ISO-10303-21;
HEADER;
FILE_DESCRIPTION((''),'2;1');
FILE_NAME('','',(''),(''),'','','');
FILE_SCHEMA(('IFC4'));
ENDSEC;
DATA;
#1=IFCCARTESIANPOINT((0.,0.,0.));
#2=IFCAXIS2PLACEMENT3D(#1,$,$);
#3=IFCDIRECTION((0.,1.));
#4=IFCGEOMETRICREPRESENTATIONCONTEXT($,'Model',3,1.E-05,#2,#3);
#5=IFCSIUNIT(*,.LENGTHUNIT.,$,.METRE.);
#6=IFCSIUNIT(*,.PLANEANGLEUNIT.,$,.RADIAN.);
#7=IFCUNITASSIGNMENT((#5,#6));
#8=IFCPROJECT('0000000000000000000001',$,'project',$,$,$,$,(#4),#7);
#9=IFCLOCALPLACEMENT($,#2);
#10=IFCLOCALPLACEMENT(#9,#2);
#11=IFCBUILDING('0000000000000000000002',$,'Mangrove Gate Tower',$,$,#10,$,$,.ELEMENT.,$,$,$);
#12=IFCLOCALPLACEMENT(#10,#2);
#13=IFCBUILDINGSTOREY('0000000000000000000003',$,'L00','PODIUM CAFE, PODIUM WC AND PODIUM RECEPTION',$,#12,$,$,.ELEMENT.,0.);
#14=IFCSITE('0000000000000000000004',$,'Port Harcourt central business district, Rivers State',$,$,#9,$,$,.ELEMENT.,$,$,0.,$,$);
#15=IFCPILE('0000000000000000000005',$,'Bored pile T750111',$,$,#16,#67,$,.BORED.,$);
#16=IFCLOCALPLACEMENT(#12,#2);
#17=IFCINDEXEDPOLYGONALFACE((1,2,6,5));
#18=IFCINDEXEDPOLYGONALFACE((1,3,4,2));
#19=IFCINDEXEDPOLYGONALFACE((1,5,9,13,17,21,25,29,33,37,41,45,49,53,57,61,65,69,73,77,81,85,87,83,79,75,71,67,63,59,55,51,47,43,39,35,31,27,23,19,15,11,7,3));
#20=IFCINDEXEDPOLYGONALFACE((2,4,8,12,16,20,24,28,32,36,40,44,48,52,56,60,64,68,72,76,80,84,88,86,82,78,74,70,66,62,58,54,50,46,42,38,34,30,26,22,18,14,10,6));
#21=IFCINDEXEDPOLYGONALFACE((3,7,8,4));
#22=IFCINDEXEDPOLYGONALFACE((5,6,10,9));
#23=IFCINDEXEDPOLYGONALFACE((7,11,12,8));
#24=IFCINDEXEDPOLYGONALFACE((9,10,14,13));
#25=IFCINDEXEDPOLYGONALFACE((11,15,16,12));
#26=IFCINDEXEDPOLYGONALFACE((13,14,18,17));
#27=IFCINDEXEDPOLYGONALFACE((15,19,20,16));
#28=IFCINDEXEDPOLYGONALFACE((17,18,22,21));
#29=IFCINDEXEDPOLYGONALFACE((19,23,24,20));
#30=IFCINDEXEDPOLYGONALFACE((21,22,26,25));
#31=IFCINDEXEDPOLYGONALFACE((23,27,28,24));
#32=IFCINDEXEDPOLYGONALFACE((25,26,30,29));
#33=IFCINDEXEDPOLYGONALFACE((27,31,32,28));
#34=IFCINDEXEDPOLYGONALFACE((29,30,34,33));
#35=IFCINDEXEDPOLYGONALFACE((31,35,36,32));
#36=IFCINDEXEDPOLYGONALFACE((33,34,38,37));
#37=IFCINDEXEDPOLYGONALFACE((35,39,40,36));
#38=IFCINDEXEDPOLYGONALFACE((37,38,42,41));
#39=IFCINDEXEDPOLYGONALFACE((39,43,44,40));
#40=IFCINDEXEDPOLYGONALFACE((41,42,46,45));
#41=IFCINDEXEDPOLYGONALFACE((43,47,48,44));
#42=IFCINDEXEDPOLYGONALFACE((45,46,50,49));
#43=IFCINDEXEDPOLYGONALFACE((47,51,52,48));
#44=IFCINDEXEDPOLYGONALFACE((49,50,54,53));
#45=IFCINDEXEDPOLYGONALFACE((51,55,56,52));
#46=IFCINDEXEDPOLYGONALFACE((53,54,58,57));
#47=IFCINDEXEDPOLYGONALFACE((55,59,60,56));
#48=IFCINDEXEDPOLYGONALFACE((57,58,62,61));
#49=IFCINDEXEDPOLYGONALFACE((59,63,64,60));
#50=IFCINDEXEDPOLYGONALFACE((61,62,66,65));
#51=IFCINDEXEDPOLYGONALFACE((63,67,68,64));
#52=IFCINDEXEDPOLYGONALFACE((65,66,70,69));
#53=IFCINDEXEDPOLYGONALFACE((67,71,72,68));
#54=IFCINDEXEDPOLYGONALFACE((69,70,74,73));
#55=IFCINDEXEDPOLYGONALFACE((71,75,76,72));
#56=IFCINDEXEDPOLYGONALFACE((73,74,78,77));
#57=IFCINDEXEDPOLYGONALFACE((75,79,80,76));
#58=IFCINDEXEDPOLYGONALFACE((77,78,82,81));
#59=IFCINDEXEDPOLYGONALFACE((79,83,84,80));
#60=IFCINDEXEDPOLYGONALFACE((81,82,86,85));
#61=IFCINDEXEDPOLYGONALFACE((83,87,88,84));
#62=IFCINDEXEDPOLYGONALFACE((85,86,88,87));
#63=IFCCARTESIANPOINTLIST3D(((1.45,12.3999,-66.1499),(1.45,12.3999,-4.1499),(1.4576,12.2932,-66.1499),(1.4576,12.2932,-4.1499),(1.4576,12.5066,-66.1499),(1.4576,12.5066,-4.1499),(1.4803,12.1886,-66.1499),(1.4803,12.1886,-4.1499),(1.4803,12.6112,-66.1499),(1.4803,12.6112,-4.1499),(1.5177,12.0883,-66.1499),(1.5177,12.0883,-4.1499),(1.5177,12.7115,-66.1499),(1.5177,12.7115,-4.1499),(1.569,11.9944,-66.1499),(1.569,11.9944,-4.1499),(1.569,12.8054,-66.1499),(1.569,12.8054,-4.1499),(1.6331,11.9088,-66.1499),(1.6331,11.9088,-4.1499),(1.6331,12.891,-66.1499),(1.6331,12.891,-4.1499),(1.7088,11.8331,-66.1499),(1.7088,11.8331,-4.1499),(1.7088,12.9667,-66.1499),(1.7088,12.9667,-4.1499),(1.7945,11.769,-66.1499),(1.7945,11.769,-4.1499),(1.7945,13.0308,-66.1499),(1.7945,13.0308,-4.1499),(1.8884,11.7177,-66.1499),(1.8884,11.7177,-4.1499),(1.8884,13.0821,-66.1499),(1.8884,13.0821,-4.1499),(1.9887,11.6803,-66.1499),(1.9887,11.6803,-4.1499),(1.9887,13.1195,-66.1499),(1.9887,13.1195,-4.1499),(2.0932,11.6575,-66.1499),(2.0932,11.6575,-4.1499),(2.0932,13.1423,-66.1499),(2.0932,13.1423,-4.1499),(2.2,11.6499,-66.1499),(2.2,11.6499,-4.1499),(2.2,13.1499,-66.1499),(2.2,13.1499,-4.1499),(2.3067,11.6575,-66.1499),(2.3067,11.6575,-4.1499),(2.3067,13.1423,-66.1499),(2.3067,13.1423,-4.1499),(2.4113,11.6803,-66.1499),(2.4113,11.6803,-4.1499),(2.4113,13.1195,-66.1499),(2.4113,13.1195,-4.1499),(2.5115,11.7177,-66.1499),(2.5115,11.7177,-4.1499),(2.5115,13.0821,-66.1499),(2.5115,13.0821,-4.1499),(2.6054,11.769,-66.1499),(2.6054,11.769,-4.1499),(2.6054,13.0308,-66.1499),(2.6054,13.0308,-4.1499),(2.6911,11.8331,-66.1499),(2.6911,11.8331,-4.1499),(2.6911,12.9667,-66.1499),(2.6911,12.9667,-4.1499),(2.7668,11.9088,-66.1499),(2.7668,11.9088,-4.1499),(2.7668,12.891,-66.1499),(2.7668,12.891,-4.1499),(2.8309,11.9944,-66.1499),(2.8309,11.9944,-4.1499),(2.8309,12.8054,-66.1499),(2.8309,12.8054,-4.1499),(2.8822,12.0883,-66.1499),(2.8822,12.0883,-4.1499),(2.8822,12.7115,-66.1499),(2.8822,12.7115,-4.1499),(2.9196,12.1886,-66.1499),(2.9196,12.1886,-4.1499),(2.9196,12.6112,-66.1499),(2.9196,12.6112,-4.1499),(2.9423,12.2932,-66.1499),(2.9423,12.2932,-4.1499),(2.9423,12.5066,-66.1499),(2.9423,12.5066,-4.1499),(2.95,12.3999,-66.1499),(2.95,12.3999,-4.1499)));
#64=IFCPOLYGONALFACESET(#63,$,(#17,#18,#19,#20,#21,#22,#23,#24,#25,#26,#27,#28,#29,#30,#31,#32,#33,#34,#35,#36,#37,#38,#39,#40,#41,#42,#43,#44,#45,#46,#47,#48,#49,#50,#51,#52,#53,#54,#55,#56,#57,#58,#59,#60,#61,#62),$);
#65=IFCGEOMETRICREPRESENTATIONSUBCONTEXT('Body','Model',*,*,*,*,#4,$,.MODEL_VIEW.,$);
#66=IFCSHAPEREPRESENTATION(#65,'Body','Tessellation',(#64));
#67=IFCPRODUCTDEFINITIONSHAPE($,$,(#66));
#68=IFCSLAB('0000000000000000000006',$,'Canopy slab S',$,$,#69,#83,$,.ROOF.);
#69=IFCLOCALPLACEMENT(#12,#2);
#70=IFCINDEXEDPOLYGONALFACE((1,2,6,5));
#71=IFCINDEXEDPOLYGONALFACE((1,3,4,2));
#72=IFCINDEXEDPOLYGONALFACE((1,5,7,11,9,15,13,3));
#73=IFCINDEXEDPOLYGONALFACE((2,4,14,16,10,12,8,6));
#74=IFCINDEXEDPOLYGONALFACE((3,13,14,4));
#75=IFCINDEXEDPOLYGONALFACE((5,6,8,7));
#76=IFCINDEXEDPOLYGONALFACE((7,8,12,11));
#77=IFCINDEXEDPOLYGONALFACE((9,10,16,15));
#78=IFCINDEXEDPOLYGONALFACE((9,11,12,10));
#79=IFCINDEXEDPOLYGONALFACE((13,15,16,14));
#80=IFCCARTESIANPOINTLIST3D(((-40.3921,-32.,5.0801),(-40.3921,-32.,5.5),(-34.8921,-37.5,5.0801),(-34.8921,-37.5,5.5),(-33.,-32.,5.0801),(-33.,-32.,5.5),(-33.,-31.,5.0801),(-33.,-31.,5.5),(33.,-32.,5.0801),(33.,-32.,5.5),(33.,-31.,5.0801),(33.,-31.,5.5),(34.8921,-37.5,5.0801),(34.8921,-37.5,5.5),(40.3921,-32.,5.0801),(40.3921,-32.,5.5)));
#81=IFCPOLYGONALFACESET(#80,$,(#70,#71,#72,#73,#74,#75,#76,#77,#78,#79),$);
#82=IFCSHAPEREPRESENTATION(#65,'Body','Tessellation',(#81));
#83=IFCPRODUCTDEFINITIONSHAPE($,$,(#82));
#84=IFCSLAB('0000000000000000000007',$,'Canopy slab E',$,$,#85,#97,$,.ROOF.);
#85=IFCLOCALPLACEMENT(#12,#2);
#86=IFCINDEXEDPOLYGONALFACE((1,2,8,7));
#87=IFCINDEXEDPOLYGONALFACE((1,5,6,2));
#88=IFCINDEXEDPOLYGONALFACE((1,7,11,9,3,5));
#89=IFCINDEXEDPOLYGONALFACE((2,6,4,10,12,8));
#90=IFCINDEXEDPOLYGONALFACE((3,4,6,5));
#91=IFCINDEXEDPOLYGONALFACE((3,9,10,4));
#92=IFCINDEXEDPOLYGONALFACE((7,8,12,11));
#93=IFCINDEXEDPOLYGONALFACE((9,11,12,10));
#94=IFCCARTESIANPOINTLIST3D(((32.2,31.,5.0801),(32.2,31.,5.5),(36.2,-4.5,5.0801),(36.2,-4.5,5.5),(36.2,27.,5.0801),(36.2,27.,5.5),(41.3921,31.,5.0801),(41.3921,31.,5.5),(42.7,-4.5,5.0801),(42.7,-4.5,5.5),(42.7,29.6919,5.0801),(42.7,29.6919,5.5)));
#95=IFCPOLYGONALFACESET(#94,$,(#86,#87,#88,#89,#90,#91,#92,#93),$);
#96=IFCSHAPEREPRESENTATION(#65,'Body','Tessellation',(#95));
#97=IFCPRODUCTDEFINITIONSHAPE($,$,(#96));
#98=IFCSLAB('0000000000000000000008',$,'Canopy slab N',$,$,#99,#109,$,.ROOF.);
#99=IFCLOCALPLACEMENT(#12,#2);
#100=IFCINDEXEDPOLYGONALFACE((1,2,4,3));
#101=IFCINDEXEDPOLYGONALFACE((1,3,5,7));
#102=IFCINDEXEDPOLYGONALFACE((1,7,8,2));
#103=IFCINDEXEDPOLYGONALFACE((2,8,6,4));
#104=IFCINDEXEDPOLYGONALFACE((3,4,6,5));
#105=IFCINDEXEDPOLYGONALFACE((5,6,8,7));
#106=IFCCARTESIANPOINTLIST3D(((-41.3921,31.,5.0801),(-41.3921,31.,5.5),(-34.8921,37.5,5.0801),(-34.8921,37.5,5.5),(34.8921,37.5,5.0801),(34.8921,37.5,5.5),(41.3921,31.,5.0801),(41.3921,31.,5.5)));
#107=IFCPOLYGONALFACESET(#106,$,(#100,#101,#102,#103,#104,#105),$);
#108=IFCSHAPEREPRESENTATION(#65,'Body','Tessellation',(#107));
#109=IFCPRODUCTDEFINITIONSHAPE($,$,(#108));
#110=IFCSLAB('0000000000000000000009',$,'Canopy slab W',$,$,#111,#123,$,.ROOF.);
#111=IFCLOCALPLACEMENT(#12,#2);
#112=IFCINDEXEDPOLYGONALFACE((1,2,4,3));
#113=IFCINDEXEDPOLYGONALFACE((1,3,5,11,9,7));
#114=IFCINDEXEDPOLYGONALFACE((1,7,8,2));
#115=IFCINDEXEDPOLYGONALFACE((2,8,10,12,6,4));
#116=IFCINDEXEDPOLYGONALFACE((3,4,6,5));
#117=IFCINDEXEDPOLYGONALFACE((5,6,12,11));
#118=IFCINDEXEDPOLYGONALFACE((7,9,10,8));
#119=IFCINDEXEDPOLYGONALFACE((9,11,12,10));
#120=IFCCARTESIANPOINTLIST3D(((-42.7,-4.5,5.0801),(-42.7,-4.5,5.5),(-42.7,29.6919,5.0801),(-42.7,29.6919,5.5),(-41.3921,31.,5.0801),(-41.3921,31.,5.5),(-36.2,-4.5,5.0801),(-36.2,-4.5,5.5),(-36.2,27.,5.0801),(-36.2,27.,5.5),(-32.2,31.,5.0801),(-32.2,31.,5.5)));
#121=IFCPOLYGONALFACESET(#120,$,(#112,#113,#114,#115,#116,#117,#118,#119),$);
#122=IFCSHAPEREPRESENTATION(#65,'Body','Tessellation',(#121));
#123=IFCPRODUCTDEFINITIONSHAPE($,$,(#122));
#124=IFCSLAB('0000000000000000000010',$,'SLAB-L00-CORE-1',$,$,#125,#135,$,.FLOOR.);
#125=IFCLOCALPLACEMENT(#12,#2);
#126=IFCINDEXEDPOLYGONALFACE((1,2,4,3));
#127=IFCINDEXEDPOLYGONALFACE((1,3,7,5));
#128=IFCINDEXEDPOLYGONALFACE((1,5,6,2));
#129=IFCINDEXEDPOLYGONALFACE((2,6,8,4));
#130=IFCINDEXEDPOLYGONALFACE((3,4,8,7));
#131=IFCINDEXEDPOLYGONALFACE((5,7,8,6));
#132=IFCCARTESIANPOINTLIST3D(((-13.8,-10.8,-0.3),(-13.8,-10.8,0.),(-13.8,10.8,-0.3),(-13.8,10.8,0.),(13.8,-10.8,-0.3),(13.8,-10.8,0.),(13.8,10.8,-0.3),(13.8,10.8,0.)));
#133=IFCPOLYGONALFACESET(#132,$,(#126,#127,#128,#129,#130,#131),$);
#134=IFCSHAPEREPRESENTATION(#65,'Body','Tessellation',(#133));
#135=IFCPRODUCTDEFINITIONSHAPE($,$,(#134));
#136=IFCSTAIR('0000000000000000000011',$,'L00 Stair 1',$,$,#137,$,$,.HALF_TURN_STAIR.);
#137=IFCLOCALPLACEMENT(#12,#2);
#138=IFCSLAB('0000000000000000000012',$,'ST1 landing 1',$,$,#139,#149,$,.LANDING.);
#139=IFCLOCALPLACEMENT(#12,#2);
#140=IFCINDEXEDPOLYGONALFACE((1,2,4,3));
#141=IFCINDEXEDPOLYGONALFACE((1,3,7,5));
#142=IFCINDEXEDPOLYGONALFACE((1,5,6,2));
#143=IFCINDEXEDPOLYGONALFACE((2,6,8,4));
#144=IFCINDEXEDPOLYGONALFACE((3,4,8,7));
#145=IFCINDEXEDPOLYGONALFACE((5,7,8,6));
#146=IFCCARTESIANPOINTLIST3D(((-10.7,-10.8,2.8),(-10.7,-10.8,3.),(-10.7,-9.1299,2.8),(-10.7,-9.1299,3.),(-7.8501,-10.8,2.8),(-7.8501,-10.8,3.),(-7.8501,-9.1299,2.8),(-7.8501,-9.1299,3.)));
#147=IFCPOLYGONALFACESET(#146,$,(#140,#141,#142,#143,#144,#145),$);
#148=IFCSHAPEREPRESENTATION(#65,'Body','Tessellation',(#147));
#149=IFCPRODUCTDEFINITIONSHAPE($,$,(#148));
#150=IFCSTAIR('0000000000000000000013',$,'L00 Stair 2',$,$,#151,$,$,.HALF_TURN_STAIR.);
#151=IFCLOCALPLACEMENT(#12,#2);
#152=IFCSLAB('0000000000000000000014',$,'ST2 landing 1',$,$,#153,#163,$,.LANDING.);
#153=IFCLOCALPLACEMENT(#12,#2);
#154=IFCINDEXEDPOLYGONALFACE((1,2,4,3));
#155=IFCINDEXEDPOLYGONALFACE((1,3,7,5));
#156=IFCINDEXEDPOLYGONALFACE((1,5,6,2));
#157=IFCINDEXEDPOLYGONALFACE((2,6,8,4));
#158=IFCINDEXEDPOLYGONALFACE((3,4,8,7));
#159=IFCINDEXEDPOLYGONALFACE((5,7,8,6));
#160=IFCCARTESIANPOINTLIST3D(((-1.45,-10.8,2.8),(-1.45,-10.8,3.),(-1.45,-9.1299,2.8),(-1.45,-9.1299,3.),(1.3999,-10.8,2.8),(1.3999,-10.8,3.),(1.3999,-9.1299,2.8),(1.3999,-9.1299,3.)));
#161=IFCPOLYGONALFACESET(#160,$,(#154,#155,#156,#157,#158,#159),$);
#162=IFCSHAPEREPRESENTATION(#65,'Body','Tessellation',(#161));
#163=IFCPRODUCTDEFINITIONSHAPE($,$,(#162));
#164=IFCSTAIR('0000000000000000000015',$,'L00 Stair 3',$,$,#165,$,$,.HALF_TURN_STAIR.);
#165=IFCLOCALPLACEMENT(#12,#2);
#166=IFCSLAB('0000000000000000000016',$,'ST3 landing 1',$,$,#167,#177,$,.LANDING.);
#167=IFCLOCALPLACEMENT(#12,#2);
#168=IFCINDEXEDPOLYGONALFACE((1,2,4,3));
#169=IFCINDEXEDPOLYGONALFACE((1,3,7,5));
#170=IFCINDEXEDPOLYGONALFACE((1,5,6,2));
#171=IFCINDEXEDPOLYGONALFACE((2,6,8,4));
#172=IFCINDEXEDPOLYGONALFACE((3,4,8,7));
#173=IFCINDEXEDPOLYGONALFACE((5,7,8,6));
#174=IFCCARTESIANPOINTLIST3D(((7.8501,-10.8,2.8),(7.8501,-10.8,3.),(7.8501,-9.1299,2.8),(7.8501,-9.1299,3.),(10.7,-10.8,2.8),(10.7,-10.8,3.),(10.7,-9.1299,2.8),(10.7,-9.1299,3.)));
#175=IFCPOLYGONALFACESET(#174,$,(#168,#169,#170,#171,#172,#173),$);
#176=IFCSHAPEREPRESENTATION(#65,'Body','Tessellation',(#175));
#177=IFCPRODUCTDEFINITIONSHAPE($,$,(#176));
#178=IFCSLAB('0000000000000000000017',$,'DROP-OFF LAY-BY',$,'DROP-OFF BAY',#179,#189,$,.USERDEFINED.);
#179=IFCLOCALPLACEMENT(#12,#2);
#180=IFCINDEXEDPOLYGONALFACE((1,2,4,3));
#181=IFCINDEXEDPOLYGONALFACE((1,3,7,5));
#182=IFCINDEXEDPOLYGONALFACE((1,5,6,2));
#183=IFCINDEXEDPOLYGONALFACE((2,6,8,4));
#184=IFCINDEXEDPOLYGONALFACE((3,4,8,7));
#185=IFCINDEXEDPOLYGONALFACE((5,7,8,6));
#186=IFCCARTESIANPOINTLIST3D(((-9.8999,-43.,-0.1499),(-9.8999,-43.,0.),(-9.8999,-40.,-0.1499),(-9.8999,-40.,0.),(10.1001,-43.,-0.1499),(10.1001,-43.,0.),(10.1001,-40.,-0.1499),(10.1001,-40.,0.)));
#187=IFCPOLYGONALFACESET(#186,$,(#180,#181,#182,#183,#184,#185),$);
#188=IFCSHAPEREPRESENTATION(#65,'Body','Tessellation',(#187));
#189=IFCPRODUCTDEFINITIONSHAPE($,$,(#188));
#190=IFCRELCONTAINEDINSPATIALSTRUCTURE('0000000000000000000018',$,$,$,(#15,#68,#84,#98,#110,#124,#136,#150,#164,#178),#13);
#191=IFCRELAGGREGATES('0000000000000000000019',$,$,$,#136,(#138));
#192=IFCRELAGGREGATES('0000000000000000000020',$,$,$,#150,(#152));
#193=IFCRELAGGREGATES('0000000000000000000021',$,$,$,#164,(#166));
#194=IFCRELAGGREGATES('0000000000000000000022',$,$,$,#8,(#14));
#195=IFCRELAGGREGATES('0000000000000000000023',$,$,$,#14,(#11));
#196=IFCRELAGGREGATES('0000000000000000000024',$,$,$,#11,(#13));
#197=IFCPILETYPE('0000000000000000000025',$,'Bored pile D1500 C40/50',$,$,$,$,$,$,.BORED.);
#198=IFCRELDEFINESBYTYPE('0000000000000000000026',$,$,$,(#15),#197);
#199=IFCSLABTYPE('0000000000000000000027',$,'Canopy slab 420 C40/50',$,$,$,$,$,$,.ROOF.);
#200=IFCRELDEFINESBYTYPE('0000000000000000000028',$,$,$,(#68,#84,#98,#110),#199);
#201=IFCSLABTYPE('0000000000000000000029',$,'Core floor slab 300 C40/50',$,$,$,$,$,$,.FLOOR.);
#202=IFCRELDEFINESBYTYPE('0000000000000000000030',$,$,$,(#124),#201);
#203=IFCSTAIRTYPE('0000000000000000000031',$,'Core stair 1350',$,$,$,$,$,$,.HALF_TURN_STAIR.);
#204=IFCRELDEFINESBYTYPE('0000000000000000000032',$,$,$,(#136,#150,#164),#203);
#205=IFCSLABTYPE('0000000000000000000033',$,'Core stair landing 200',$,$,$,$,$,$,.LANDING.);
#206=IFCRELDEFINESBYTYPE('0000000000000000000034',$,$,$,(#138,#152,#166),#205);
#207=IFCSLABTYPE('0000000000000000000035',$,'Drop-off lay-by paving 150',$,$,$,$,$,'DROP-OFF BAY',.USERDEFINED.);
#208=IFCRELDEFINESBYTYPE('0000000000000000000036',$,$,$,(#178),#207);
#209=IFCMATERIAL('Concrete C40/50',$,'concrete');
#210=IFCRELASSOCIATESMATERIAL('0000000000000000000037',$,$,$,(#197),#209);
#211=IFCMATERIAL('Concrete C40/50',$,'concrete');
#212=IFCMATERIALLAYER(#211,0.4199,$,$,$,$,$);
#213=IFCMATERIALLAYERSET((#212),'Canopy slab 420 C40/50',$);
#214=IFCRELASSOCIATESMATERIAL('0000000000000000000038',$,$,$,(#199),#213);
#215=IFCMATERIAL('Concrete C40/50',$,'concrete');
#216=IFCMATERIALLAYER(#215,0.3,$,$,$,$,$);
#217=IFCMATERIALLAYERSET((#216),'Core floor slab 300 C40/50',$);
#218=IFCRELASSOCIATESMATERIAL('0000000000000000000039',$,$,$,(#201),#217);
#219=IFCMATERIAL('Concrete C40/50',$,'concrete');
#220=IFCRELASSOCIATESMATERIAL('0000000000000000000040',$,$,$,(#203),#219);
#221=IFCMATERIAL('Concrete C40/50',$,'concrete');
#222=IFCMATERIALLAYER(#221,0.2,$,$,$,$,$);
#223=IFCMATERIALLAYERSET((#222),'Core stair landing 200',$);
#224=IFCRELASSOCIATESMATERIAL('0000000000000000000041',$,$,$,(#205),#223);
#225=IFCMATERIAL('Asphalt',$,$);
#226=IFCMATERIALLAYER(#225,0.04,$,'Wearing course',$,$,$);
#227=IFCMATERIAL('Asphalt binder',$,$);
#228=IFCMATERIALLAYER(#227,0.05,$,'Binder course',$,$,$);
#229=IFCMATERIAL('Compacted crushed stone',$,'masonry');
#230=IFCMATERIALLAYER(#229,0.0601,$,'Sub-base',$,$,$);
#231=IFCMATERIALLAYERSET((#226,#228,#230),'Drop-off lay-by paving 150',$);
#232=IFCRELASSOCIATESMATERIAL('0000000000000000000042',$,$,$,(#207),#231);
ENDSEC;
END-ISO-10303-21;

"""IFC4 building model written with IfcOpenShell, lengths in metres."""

from ifc_helpers import new_model, si_unit, direction, frame, origin, origin_2d, place, context, subcontext, project, spatial, polyline, circle, outline, extrude, material, layer, layer_set, material_profile, profile_set, type_object, element, aggregate, save


model = new_model("IFC4")

# Units and contexts
model_context = context("Model", 3, precision=1e-05, world=origin(), true_north=direction((0.0, 1.0)))
body_context = subcontext(model_context, "Body", "Model", "MODEL_VIEW")
ifc_project = project(units=[si_unit("LENGTHUNIT", "METRE"), si_unit("PLANEANGLEUNIT", "RADIAN")], contexts=[model_context])

# Site, building, storey
site_placement = place(None, origin())
site = spatial("IfcSite", under=ifc_project, at=site_placement, Name="Port Harcourt central business district, Rivers State", CompositionType="ELEMENT", RefElevation=0.0)
building_placement = place(site_placement, origin())
building = spatial("IfcBuilding", under=site, at=building_placement, Name="Mangrove Gate Tower", CompositionType="ELEMENT")
storey_placement = place(building_placement, origin())
storey = spatial("IfcBuildingStorey", under=building, at=storey_placement, Name="L00", Description="PODIUM CAFE, PODIUM WC AND PODIUM RECEPTION", CompositionType="ELEMENT", Elevation=0.0)

# Pile
ifc_material_1 = material(Name="Concrete C40/50", Category="concrete")
ifc_material_profile = material_profile(ifc_material_1, circle(Radius=0.75, at=origin_2d()))
ifc_profile_set = profile_set([ifc_material_profile], Name="Concrete C40/50")
pile_type = type_object("IfcPileType", Name="Bored pile D1500 C40/50", PredefinedType="BORED", material=ifc_profile_set)
for number, where, z_axis, x_axis, name in (
    (1, (2.2, 12.3999, -4.1499), (0.0, 0.0, -1.0), (1.0, 0.0, 0.0), "Bored pile T750111"),
):
    element("IfcPile", number, at=place(storey_placement, frame(where, z_axis=z_axis, x_axis=x_axis)), inside=storey, type_object=pile_type, Name=name, PredefinedType="BORED", context=body_context, shape_type="SweptSolid", body=[
        extrude(circle(Radius=0.75, at=origin_2d()), origin(), (0.0, 0.0, 1.0), 62.0),
    ])

# Slabs
ifc_material_2 = material(Name="Concrete C40/50", Category="concrete")
ifc_layer_1 = layer(ifc_material_2, 0.4199)
ifc_layer_set_1 = layer_set([ifc_layer_1], Name="Canopy slab 420 C40/50")
slab_type_1 = type_object("IfcSlabType", Name="Canopy slab 420 C40/50", PredefinedType="ROOF", material=ifc_layer_set_1)
slab_1_placement = place(storey_placement, frame((0.0, 0.0, 5.0801)))
element("IfcSlab", 2, at=slab_1_placement, inside=storey, type_object=slab_type_1, Name="Canopy slab S", PredefinedType="ROOF", context=body_context, shape_type="SweptSolid", body=[
    extrude(outline(polyline([(33.0, -31.0), (-33.0, -31.0), (-33.0, -32.0), (-40.3921, -32.0), (-34.8921, -37.5), (34.8921, -37.5), (40.3921, -32.0), (33.0, -32.0), (33.0, -31.0)])), origin(), (0.0, 0.0, 1.0), 0.4199),
])
slab_2_placement = place(storey_placement, frame((0.0, 0.0, 5.0801)))
element("IfcSlab", 3, at=slab_2_placement, inside=storey, type_object=slab_type_1, Name="Canopy slab E", PredefinedType="ROOF", context=body_context, shape_type="SweptSolid", body=[
    extrude(outline(polyline([(32.2, 31.0), (36.2, 27.0), (36.2, -4.5), (42.7, -4.5), (42.7, 29.6919), (41.3921, 31.0), (32.2, 31.0)])), origin(), (0.0, 0.0, 1.0), 0.4199),
])
slab_3_placement = place(storey_placement, frame((0.0, 0.0, 5.0801)))
element("IfcSlab", 4, at=slab_3_placement, inside=storey, type_object=slab_type_1, Name="Canopy slab N", PredefinedType="ROOF", context=body_context, shape_type="SweptSolid", body=[
    extrude(outline(polyline([(34.8921, 37.5), (-34.8921, 37.5), (-41.3921, 31.0), (41.3921, 31.0), (34.8921, 37.5)])), origin(), (0.0, 0.0, 1.0), 0.4199),
])
slab_4_placement = place(storey_placement, frame((0.0, 0.0, 5.0801)))
element("IfcSlab", 5, at=slab_4_placement, inside=storey, type_object=slab_type_1, Name="Canopy slab W", PredefinedType="ROOF", context=body_context, shape_type="SweptSolid", body=[
    extrude(outline(polyline([(-32.2, 31.0), (-41.3921, 31.0), (-42.7, 29.6919), (-42.7, -4.5), (-36.2, -4.5), (-36.2, 27.0), (-32.2, 31.0)])), origin(), (0.0, 0.0, 1.0), 0.4199),
])
ifc_material_3 = material(Name="Concrete C40/50", Category="concrete")
ifc_layer_2 = layer(ifc_material_3, 0.3)
ifc_layer_set_2 = layer_set([ifc_layer_2], Name="Core floor slab 300 C40/50")
slab_type_2 = type_object("IfcSlabType", Name="Core floor slab 300 C40/50", PredefinedType="FLOOR", material=ifc_layer_set_2)
slab_5_placement = place(storey_placement, frame((0.0, 0.0, -0.3)))
element("IfcSlab", 6, at=slab_5_placement, inside=storey, type_object=slab_type_2, Name="SLAB-L00-CORE-1", PredefinedType="FLOOR", context=body_context, shape_type="SweptSolid", body=[
    extrude(outline(polyline([(13.8, -10.8), (13.8, 10.8), (-13.8, 10.8), (-13.8, -10.8), (13.8, -10.8)])), origin(), (0.0, 0.0, 1.0), 0.3),
])

# Stairs, slabs
ifc_material_4 = material(Name="Concrete C40/50", Category="concrete")
stair_type = type_object("IfcStairType", Name="Core stair 1350", PredefinedType="HALF_TURN_STAIR", material=ifc_material_4)
stair_1_placement = place(storey_placement, origin())
stair_1 = element("IfcStair", 7, at=stair_1_placement, inside=storey, type_object=stair_type, Name="L00 Stair 1", PredefinedType="HALF_TURN_STAIR")
ifc_material_5 = material(Name="Concrete C40/50", Category="concrete")
ifc_layer_3 = layer(ifc_material_5, 0.2)
ifc_layer_set_3 = layer_set([ifc_layer_3], Name="Core stair landing 200")
slab_type_3 = type_object("IfcSlabType", Name="Core stair landing 200", PredefinedType="LANDING", material=ifc_layer_set_3)
slab_6_placement = place(storey_placement, frame((0.0, 0.0, 2.8)))
slab_6 = element("IfcSlab", 8, at=slab_6_placement, type_object=slab_type_3, Name="ST1 landing 1", PredefinedType="LANDING", context=body_context, shape_type="SweptSolid", body=[
    extrude(outline(polyline([(-10.7, -9.1299), (-10.7, -10.8), (-7.8501, -10.8), (-7.8501, -9.1299), (-10.7, -9.1299)])), origin(), (0.0, 0.0, 1.0), 0.2),
])
aggregate(stair_1, [slab_6])
stair_2_placement = place(storey_placement, origin())
stair_2 = element("IfcStair", 9, at=stair_2_placement, inside=storey, type_object=stair_type, Name="L00 Stair 2", PredefinedType="HALF_TURN_STAIR")
slab_7_placement = place(storey_placement, frame((0.0, 0.0, 2.8)))
slab_7 = element("IfcSlab", 10, at=slab_7_placement, type_object=slab_type_3, Name="ST2 landing 1", PredefinedType="LANDING", context=body_context, shape_type="SweptSolid", body=[
    extrude(outline(polyline([(-1.45, -9.1299), (-1.45, -10.8), (1.3999, -10.8), (1.3999, -9.1299), (-1.45, -9.1299)])), origin(), (0.0, 0.0, 1.0), 0.2),
])
aggregate(stair_2, [slab_7])
stair_3_placement = place(storey_placement, origin())
stair_3 = element("IfcStair", 11, at=stair_3_placement, inside=storey, type_object=stair_type, Name="L00 Stair 3", PredefinedType="HALF_TURN_STAIR")
slab_8_placement = place(storey_placement, frame((0.0, 0.0, 2.8)))
slab_8 = element("IfcSlab", 12, at=slab_8_placement, type_object=slab_type_3, Name="ST3 landing 1", PredefinedType="LANDING", context=body_context, shape_type="SweptSolid", body=[
    extrude(outline(polyline([(7.8501, -9.1299), (7.8501, -10.8), (10.7, -10.8), (10.7, -9.1299), (7.8501, -9.1299)])), origin(), (0.0, 0.0, 1.0), 0.2),
])
aggregate(stair_3, [slab_8])

# Slab
ifc_material_6 = material(Name="Asphalt")
ifc_layer_4 = layer(ifc_material_6, 0.04, Name="Wearing course")
ifc_material_7 = material(Name="Asphalt binder")
ifc_layer_5 = layer(ifc_material_7, 0.05, Name="Binder course")
ifc_material_8 = material(Name="Compacted crushed stone", Category="masonry")
ifc_layer_6 = layer(ifc_material_8, 0.0601, Name="Sub-base")
ifc_layer_set_4 = layer_set([ifc_layer_4, ifc_layer_5, ifc_layer_6], Name="Drop-off lay-by paving 150")
slab_type_4 = type_object("IfcSlabType", Name="Drop-off lay-by paving 150", ElementType="DROP-OFF BAY", PredefinedType="USERDEFINED", material=ifc_layer_set_4)
slab_9_placement = place(storey_placement, frame((0.0, 0.0, -0.1499)))
element("IfcSlab", 13, at=slab_9_placement, inside=storey, type_object=slab_type_4, Name="DROP-OFF LAY-BY", ObjectType="DROP-OFF BAY", PredefinedType="USERDEFINED", context=body_context, shape_type="SweptSolid", body=[
    extrude(outline(polyline([(-9.8999, -43.0), (10.1001, -43.0), (10.1001, -40.0), (-9.8999, -40.0), (-9.8999, -43.0)])), origin(), (0.0, 0.0, 1.0), 0.1499),
])

save(model, "model.ifc")
